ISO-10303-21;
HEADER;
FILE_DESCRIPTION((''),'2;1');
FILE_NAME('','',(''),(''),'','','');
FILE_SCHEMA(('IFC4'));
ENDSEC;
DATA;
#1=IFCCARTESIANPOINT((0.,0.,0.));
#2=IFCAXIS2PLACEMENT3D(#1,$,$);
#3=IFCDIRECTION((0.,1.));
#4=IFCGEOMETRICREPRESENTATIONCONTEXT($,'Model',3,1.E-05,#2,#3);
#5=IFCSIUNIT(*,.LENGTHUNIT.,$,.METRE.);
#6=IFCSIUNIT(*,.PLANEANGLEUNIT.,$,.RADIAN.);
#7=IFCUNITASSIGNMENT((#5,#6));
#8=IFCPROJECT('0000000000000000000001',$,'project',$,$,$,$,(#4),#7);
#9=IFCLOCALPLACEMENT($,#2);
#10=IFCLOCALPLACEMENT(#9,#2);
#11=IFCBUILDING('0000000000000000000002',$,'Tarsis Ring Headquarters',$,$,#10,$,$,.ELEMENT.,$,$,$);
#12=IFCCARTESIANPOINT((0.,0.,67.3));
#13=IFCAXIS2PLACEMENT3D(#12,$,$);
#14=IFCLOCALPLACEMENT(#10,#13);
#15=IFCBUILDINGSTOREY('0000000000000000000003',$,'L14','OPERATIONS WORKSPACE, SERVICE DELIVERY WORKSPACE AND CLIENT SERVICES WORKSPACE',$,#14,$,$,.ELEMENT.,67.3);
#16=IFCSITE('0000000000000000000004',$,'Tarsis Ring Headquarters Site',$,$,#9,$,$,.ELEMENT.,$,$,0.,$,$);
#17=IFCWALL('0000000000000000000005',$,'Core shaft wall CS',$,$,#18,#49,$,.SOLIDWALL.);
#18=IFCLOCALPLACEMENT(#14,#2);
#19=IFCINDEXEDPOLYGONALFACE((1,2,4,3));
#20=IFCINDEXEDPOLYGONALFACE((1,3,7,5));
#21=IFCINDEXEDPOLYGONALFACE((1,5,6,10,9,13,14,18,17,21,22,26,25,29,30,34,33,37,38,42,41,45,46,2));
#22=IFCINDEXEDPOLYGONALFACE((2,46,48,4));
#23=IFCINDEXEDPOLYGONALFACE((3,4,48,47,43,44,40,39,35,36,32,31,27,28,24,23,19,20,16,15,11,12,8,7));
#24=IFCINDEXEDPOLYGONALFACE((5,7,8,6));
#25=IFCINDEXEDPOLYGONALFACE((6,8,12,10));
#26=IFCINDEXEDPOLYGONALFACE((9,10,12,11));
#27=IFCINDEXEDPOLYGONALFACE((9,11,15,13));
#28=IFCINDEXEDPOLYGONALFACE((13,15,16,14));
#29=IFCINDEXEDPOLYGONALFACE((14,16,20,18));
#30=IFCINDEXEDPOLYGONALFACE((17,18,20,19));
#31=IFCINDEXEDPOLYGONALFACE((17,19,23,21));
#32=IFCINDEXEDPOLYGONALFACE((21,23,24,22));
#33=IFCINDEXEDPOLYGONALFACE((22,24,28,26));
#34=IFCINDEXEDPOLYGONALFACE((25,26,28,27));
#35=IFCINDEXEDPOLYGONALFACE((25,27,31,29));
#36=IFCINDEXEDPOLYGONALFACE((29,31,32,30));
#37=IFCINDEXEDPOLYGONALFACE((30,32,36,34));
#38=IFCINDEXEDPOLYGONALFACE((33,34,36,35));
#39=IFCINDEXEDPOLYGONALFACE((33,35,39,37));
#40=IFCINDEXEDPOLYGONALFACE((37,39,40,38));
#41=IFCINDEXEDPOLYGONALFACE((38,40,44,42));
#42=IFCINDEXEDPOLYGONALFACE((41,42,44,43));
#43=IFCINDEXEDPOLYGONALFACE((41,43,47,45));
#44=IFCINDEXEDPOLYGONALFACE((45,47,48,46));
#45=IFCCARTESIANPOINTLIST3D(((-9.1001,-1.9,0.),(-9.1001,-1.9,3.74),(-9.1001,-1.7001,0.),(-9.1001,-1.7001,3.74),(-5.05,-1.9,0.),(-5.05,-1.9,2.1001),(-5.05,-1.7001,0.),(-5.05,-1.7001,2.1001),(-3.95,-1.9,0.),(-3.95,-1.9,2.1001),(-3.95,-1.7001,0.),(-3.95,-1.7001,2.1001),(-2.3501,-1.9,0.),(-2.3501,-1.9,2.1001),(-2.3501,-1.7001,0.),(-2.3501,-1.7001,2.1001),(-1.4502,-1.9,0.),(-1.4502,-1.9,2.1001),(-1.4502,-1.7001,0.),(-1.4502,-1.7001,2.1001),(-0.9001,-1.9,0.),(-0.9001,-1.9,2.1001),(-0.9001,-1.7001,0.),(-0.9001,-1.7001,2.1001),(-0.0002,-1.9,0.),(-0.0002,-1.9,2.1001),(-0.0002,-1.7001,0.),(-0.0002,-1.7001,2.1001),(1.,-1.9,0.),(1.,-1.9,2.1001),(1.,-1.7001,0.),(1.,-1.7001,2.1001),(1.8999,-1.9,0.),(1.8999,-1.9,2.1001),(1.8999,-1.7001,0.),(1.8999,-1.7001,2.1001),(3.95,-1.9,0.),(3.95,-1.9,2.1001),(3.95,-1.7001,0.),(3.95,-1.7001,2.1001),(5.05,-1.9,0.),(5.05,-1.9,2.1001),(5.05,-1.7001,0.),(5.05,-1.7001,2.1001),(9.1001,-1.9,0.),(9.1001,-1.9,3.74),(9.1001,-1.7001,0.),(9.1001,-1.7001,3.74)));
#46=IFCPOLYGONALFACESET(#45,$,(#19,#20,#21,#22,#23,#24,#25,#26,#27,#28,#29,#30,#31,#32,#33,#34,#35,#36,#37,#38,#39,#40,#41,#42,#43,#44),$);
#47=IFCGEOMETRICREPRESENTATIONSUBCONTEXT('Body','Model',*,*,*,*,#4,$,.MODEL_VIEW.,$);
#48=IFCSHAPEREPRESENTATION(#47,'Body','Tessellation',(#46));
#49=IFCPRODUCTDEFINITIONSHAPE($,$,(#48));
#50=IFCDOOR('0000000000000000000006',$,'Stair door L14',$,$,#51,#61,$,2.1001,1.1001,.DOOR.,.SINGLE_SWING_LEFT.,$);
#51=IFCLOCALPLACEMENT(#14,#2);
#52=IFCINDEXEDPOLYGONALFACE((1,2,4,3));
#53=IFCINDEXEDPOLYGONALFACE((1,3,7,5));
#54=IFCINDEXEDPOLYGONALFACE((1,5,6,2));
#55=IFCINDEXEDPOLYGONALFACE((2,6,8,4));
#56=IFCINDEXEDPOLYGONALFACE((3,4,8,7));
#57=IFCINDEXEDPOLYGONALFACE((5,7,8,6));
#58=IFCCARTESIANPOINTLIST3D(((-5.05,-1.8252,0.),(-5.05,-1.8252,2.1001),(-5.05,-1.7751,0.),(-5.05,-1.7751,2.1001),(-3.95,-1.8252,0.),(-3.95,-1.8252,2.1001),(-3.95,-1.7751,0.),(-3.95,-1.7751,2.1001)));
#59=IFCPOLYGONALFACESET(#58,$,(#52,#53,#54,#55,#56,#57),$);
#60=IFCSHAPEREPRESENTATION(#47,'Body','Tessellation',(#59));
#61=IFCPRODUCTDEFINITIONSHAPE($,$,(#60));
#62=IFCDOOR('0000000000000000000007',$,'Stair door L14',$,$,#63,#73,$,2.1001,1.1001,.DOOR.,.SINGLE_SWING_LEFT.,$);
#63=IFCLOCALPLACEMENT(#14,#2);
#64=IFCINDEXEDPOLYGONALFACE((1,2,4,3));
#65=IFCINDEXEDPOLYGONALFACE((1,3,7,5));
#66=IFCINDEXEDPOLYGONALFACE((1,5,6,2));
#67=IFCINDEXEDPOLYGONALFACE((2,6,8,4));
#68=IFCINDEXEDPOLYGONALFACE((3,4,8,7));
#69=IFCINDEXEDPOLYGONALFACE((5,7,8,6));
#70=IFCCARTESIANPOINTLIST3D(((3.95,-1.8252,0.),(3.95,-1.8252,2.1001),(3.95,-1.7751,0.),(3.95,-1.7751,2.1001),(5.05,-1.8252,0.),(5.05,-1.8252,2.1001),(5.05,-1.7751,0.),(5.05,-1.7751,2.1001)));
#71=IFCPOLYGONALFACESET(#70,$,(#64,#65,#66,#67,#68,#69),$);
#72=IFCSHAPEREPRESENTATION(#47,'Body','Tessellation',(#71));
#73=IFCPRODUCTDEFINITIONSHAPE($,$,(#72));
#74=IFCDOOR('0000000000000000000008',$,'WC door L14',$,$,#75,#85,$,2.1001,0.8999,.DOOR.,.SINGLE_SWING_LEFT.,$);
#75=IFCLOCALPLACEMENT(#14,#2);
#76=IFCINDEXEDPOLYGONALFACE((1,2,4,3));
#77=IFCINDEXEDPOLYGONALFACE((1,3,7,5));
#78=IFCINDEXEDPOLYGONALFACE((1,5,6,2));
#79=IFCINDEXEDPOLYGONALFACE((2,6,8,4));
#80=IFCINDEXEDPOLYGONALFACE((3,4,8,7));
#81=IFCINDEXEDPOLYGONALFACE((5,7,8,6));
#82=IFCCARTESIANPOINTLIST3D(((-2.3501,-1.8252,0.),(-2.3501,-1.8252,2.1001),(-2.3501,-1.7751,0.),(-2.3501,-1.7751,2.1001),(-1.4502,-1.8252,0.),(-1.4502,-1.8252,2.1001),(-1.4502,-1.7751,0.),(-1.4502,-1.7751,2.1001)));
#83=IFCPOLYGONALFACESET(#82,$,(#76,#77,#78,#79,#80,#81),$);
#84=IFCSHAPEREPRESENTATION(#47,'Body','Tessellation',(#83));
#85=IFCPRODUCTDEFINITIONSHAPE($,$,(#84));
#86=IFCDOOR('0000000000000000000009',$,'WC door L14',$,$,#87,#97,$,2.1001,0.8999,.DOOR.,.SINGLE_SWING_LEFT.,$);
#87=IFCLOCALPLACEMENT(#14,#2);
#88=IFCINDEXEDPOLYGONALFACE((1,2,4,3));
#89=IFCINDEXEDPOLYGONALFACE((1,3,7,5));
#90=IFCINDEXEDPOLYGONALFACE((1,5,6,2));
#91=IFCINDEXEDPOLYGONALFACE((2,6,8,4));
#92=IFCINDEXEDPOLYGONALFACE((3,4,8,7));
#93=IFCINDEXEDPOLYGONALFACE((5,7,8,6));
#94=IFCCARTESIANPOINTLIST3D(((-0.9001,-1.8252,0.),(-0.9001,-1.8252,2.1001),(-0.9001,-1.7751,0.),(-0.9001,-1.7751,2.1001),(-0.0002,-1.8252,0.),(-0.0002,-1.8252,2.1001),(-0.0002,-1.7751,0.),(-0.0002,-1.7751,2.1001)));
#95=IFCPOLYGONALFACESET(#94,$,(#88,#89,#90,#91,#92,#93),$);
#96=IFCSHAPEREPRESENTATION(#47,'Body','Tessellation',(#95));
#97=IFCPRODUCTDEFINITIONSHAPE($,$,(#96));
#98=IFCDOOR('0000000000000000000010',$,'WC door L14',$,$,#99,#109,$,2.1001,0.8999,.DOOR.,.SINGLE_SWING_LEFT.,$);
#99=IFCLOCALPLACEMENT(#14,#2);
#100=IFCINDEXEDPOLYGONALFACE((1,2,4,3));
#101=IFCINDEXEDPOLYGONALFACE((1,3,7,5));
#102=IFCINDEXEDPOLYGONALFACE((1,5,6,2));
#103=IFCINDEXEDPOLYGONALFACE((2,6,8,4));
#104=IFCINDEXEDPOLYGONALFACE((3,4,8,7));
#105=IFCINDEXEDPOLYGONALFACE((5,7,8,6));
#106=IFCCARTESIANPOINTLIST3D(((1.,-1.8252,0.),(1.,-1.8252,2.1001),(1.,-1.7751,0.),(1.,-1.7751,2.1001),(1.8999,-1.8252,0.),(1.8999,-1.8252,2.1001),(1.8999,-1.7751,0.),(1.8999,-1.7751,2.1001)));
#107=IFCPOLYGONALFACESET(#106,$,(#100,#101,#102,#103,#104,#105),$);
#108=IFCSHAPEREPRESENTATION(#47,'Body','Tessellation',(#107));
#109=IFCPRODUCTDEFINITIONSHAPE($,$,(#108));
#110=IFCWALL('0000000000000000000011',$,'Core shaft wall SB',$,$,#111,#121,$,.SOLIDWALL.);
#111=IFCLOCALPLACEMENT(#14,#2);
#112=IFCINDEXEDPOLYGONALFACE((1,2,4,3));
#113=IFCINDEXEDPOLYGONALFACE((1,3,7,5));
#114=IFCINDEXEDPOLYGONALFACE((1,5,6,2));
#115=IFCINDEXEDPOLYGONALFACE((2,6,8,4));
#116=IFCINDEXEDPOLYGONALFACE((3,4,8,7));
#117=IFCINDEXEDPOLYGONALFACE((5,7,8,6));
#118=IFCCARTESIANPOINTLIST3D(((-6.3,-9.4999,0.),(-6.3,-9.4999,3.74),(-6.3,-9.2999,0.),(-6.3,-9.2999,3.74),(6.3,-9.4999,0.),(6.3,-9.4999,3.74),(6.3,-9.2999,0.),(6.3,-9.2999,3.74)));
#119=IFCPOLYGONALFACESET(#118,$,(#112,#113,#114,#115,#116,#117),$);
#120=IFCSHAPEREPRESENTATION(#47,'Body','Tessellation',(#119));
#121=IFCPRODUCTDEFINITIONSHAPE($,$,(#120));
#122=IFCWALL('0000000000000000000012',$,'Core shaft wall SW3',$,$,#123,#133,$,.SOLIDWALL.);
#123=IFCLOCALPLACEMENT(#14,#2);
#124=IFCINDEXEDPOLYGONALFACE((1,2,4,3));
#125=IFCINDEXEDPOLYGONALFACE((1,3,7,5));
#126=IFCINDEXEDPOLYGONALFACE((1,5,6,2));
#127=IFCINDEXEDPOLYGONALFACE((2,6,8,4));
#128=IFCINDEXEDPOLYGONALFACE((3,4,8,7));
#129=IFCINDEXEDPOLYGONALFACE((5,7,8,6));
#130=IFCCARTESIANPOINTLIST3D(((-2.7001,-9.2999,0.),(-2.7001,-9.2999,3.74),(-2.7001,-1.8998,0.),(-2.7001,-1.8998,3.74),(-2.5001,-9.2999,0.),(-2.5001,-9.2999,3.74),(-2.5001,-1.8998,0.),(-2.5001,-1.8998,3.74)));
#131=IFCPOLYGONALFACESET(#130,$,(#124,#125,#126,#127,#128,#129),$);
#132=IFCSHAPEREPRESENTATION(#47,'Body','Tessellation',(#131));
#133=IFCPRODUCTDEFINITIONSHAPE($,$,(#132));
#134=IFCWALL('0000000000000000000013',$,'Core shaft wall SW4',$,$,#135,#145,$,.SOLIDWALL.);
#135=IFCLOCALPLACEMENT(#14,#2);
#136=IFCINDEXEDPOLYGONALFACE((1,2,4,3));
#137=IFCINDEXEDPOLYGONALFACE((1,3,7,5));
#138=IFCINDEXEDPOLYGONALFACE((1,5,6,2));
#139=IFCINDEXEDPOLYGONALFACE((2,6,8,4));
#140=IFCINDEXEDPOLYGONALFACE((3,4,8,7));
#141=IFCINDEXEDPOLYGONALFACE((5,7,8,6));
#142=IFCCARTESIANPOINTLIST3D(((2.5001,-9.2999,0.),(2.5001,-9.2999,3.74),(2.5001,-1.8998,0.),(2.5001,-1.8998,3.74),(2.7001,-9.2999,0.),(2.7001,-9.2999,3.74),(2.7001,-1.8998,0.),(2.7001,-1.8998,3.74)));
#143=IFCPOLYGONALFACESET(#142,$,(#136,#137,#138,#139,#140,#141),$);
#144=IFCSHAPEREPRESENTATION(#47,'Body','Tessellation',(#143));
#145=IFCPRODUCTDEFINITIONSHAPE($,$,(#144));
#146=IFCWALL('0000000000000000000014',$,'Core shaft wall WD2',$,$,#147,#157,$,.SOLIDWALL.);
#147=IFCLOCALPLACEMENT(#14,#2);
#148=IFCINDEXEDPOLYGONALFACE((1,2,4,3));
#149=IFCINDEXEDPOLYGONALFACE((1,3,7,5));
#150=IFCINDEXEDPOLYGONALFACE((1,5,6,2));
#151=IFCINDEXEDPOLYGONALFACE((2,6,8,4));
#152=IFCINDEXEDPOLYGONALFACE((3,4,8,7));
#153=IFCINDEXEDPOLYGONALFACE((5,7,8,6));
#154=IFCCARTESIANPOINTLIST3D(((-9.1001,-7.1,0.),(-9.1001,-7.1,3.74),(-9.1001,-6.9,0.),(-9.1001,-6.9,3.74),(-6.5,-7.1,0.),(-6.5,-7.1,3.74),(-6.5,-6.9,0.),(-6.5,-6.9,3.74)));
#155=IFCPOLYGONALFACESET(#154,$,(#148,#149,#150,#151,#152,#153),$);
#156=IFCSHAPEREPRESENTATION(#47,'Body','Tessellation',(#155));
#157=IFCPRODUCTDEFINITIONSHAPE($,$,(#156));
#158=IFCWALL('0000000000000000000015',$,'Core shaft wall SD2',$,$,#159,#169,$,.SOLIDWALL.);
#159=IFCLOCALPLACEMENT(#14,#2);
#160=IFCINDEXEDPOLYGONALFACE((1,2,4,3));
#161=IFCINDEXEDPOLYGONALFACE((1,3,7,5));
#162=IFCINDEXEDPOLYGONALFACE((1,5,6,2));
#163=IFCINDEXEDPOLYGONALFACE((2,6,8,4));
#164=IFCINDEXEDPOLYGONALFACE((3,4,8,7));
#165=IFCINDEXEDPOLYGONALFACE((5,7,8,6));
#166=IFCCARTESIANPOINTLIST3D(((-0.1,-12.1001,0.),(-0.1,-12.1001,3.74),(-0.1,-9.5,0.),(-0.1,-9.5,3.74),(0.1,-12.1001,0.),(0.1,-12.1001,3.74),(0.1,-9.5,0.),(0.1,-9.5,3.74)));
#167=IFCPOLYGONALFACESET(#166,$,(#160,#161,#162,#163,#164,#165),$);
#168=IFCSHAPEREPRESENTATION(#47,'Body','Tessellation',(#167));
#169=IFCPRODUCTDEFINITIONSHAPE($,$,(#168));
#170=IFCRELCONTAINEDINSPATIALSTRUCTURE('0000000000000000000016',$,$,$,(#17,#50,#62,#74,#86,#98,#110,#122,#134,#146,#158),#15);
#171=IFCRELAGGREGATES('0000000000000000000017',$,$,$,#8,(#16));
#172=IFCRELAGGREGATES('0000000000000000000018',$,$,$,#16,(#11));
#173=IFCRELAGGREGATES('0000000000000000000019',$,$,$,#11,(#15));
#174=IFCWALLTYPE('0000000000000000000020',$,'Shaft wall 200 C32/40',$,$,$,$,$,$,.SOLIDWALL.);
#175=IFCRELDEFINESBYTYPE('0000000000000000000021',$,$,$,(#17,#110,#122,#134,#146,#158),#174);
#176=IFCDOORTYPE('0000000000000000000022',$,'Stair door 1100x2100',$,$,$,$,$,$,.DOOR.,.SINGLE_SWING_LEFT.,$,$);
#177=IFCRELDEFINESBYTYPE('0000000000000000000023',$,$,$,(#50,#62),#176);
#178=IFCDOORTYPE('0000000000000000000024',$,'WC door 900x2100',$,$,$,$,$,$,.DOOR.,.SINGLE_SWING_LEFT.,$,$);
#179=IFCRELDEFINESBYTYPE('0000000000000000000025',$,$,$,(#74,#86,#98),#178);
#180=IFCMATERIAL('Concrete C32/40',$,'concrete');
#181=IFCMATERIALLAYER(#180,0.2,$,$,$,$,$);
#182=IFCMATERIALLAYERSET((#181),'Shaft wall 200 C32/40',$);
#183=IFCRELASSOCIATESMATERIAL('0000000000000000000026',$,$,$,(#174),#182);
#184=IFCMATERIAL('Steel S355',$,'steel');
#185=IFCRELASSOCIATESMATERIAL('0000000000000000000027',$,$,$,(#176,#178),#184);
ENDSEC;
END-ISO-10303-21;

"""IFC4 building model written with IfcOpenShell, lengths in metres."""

from ifc_helpers import new_model, si_unit, direction, frame, frame_2d, origin, place, context, subcontext, project, spatial, rectangle, extrude, material, layer, layer_set, type_object, element, fill, save


model = new_model("IFC4")

# Units and contexts
model_context = context("Model", 3, precision=1e-05, world=origin(), true_north=direction((0.0, 1.0)))
body_context = subcontext(model_context, "Body", "Model", "MODEL_VIEW")
ifc_project = project(units=[si_unit("LENGTHUNIT", "METRE"), si_unit("PLANEANGLEUNIT", "RADIAN")], contexts=[model_context])

# Site, building, storey
site_placement = place(None, origin())
site = spatial("IfcSite", under=ifc_project, at=site_placement, Name="Tarsis Ring Headquarters Site", CompositionType="ELEMENT", RefElevation=0.0)
building_placement = place(site_placement, origin())
building = spatial("IfcBuilding", under=site, at=building_placement, Name="Tarsis Ring Headquarters", CompositionType="ELEMENT")
storey_placement = place(building_placement, frame((0.0, 0.0, 67.3)))
storey = spatial("IfcBuildingStorey", under=building, at=storey_placement, Name="L14", Description="OPERATIONS WORKSPACE, SERVICE DELIVERY WORKSPACE AND CLIENT SERVICES WORKSPACE", CompositionType="ELEMENT", Elevation=67.3)

# Shared definitions
ifc_material_1 = material(Name="Concrete C32/40", Category="concrete")

# Wall, openings, doors
ifc_layer_1 = layer(ifc_material_1, 0.2)
ifc_layer_set_1 = layer_set([ifc_layer_1], Name="Shaft wall 200 C32/40")
wall_type_1 = type_object("IfcWallType", Name="Shaft wall 200 C32/40", PredefinedType="SOLIDWALL", material=ifc_layer_set_1)
wall_1_placement = place(storey_placement, frame((-9.1001, -1.8, 0.0), z_axis=(0.0, 0.0, 1.0), x_axis=(1.0, 0.0, 0.0)))
wall_1 = element("IfcWall", 1, at=wall_1_placement, inside=storey, type_object=wall_type_1, Name="Core shaft wall CS", PredefinedType="SOLIDWALL", context=body_context, shape_type="SweptSolid", body=[
    extrude(rectangle(XDim=18.2002, YDim=0.2, at=frame_2d((9.1001, 0.0))), origin(), (0.0, 0.0, 1.0), 3.74),
])
opening_1_placement = place(wall_1_placement, frame((4.05, 0.0, 0.0)))
opening_1 = element("IfcOpeningElement", 2, at=opening_1_placement, cuts=wall_1, PredefinedType="OPENING", context=body_context, shape_type="SweptSolid", body=[
    extrude(rectangle(XDim=1.1001, YDim=2.1001, at=frame_2d((0.55, 1.05))), frame((0.0, 0.1099, 0.0), z_axis=(0.0, -1.0, 0.0), x_axis=(1.0, 0.0, 0.0)), (0.0, 0.0, 1.0), 0.22),
])
opening_2_placement = place(wall_1_placement, frame((6.75, 0.0, 0.0)))
opening_2 = element("IfcOpeningElement", 3, at=opening_2_placement, cuts=wall_1, PredefinedType="OPENING", context=body_context, shape_type="SweptSolid", body=[
    extrude(rectangle(XDim=0.8999, YDim=2.1001, at=frame_2d((0.45, 1.05))), frame((0.0, 0.1099, 0.0), z_axis=(0.0, -1.0, 0.0), x_axis=(1.0, 0.0, 0.0)), (0.0, 0.0, 1.0), 0.22),
])
opening_3_placement = place(wall_1_placement, frame((8.2, 0.0, 0.0)))
opening_3 = element("IfcOpeningElement", 4, at=opening_3_placement, cuts=wall_1, PredefinedType="OPENING", context=body_context, shape_type="SweptSolid", body=[
    extrude(rectangle(XDim=0.8999, YDim=2.1001, at=frame_2d((0.45, 1.05))), frame((0.0, 0.1099, 0.0), z_axis=(0.0, -1.0, 0.0), x_axis=(1.0, 0.0, 0.0)), (0.0, 0.0, 1.0), 0.22),
])
opening_4_placement = place(wall_1_placement, frame((10.1001, 0.0, 0.0)))
opening_4 = element("IfcOpeningElement", 5, at=opening_4_placement, cuts=wall_1, PredefinedType="OPENING", context=body_context, shape_type="SweptSolid", body=[
    extrude(rectangle(XDim=0.8999, YDim=2.1001, at=frame_2d((0.45, 1.05))), frame((0.0, 0.1099, 0.0), z_axis=(0.0, -1.0, 0.0), x_axis=(1.0, 0.0, 0.0)), (0.0, 0.0, 1.0), 0.22),
])
opening_5_placement = place(wall_1_placement, frame((13.05, 0.0, 0.0)))
opening_5 = element("IfcOpeningElement", 6, at=opening_5_placement, cuts=wall_1, PredefinedType="OPENING", context=body_context, shape_type="SweptSolid", body=[
    extrude(rectangle(XDim=1.1001, YDim=2.1001, at=frame_2d((0.55, 1.05))), frame((0.0, 0.1099, 0.0), z_axis=(0.0, -1.0, 0.0), x_axis=(1.0, 0.0, 0.0)), (0.0, 0.0, 1.0), 0.22),
])
ifc_material_2 = material(Name="Steel S355", Category="steel")
door_type_1 = type_object("IfcDoorType", Name="Stair door 1100x2100", OperationType="SINGLE_SWING_LEFT", PredefinedType="DOOR", material=ifc_material_2)
door_1_placement = place(opening_1_placement, origin())
door_1 = element("IfcDoor", 7, at=door_1_placement, inside=storey, type_object=door_type_1, Name="Stair door L14", OperationType="SINGLE_SWING_LEFT", OverallHeight=2.1001, OverallWidth=1.1001, PredefinedType="DOOR", context=body_context, shape_type="SweptSolid", body=[
    extrude(rectangle(XDim=1.1001, YDim=2.1001, at=frame_2d((0.55, 1.05))), frame((0.0, 0.0249, 0.0), z_axis=(0.0, -1.0, 0.0), x_axis=(1.0, 0.0, 0.0)), (0.0, 0.0, 1.0), 0.05),
])
fill(opening_1, door_1)
door_2_placement = place(opening_5_placement, origin())
door_2 = element("IfcDoor", 8, at=door_2_placement, inside=storey, type_object=door_type_1, Name="Stair door L14", OperationType="SINGLE_SWING_LEFT", OverallHeight=2.1001, OverallWidth=1.1001, PredefinedType="DOOR", context=body_context, shape_type="SweptSolid", body=[
    extrude(rectangle(XDim=1.1001, YDim=2.1001, at=frame_2d((0.55, 1.05))), frame((0.0, 0.0249, 0.0), z_axis=(0.0, -1.0, 0.0), x_axis=(1.0, 0.0, 0.0)), (0.0, 0.0, 1.0), 0.05),
])
fill(opening_5, door_2)
door_type_2 = type_object("IfcDoorType", Name="WC door 900x2100", OperationType="SINGLE_SWING_LEFT", PredefinedType="DOOR", material=ifc_material_2)
door_3_placement = place(opening_2_placement, origin())
door_3 = element("IfcDoor", 9, at=door_3_placement, inside=storey, type_object=door_type_2, Name="WC door L14", OperationType="SINGLE_SWING_LEFT", OverallHeight=2.1001, OverallWidth=0.8999, PredefinedType="DOOR", context=body_context, shape_type="SweptSolid", body=[
    extrude(rectangle(XDim=0.8999, YDim=2.1001, at=frame_2d((0.45, 1.05))), frame((0.0, 0.0249, 0.0), z_axis=(0.0, -1.0, 0.0), x_axis=(1.0, 0.0, 0.0)), (0.0, 0.0, 1.0), 0.05),
])
fill(opening_2, door_3)
door_4_placement = place(opening_3_placement, origin())
door_4 = element("IfcDoor", 10, at=door_4_placement, inside=storey, type_object=door_type_2, Name="WC door L14", OperationType="SINGLE_SWING_LEFT", OverallHeight=2.1001, OverallWidth=0.8999, PredefinedType="DOOR", context=body_context, shape_type="SweptSolid", body=[
    extrude(rectangle(XDim=0.8999, YDim=2.1001, at=frame_2d((0.45, 1.05))), frame((0.0, 0.0249, 0.0), z_axis=(0.0, -1.0, 0.0), x_axis=(1.0, 0.0, 0.0)), (0.0, 0.0, 1.0), 0.05),
])
fill(opening_3, door_4)
door_5_placement = place(opening_4_placement, origin())
door_5 = element("IfcDoor", 11, at=door_5_placement, inside=storey, type_object=door_type_2, Name="WC door L14", OperationType="SINGLE_SWING_LEFT", OverallHeight=2.1001, OverallWidth=0.8999, PredefinedType="DOOR", context=body_context, shape_type="SweptSolid", body=[
    extrude(rectangle(XDim=0.8999, YDim=2.1001, at=frame_2d((0.45, 1.05))), frame((0.0, 0.0249, 0.0), z_axis=(0.0, -1.0, 0.0), x_axis=(1.0, 0.0, 0.0)), (0.0, 0.0, 1.0), 0.05),
])
fill(opening_4, door_5)

# Walls
wall_2_placement = place(storey_placement, frame((-6.3, -9.3999, 0.0), z_axis=(0.0, 0.0, 1.0), x_axis=(1.0, 0.0, 0.0)))
element("IfcWall", 12, at=wall_2_placement, inside=storey, type_object=wall_type_1, Name="Core shaft wall SB", PredefinedType="SOLIDWALL", context=body_context, shape_type="SweptSolid", body=[
    extrude(rectangle(XDim=12.6001, YDim=0.2, at=frame_2d((6.3, 0.0))), origin(), (0.0, 0.0, 1.0), 3.74),
])
for number, where, z_axis, x_axis, name in (
    (13, (-2.6001, -9.3, 0.0), (0.0, 0.0, 1.0), (0.0, 1.0, 0.0), "Core shaft wall SW3"),
    (14, (2.6001, -9.3, 0.0), (0.0, 0.0, 1.0), (0.0, 1.0, 0.0), "Core shaft wall SW4"),
):
    element("IfcWall", number, at=place(storey_placement, frame(where, z_axis=z_axis, x_axis=x_axis)), inside=storey, type_object=wall_type_1, Name=name, PredefinedType="SOLIDWALL", context=body_context, shape_type="SweptSolid", body=[
        extrude(rectangle(XDim=7.4001, YDim=0.2, at=frame_2d((3.7002, 0.0))), origin(), (0.0, 0.0, 1.0), 3.74),
    ])
for number, where, z_axis, x_axis, name in (
    (15, (-9.1001, -7.0, 0.0), (0.0, 0.0, 1.0), (1.0, 0.0, 0.0), "Core shaft wall WD2"),
    (16, (0.0, -12.1001, 0.0), (0.0, 0.0, 1.0), (0.0, 1.0, 0.0), "Core shaft wall SD2"),
):
    element("IfcWall", number, at=place(storey_placement, frame(where, z_axis=z_axis, x_axis=x_axis)), inside=storey, type_object=wall_type_1, Name=name, PredefinedType="SOLIDWALL", context=body_context, shape_type="SweptSolid", body=[
        extrude(rectangle(XDim=2.6001, YDim=0.2, at=frame_2d((1.3, 0.0))), origin(), (0.0, 0.0, 1.0), 3.74),
    ])

save(model, "model.ifc")
